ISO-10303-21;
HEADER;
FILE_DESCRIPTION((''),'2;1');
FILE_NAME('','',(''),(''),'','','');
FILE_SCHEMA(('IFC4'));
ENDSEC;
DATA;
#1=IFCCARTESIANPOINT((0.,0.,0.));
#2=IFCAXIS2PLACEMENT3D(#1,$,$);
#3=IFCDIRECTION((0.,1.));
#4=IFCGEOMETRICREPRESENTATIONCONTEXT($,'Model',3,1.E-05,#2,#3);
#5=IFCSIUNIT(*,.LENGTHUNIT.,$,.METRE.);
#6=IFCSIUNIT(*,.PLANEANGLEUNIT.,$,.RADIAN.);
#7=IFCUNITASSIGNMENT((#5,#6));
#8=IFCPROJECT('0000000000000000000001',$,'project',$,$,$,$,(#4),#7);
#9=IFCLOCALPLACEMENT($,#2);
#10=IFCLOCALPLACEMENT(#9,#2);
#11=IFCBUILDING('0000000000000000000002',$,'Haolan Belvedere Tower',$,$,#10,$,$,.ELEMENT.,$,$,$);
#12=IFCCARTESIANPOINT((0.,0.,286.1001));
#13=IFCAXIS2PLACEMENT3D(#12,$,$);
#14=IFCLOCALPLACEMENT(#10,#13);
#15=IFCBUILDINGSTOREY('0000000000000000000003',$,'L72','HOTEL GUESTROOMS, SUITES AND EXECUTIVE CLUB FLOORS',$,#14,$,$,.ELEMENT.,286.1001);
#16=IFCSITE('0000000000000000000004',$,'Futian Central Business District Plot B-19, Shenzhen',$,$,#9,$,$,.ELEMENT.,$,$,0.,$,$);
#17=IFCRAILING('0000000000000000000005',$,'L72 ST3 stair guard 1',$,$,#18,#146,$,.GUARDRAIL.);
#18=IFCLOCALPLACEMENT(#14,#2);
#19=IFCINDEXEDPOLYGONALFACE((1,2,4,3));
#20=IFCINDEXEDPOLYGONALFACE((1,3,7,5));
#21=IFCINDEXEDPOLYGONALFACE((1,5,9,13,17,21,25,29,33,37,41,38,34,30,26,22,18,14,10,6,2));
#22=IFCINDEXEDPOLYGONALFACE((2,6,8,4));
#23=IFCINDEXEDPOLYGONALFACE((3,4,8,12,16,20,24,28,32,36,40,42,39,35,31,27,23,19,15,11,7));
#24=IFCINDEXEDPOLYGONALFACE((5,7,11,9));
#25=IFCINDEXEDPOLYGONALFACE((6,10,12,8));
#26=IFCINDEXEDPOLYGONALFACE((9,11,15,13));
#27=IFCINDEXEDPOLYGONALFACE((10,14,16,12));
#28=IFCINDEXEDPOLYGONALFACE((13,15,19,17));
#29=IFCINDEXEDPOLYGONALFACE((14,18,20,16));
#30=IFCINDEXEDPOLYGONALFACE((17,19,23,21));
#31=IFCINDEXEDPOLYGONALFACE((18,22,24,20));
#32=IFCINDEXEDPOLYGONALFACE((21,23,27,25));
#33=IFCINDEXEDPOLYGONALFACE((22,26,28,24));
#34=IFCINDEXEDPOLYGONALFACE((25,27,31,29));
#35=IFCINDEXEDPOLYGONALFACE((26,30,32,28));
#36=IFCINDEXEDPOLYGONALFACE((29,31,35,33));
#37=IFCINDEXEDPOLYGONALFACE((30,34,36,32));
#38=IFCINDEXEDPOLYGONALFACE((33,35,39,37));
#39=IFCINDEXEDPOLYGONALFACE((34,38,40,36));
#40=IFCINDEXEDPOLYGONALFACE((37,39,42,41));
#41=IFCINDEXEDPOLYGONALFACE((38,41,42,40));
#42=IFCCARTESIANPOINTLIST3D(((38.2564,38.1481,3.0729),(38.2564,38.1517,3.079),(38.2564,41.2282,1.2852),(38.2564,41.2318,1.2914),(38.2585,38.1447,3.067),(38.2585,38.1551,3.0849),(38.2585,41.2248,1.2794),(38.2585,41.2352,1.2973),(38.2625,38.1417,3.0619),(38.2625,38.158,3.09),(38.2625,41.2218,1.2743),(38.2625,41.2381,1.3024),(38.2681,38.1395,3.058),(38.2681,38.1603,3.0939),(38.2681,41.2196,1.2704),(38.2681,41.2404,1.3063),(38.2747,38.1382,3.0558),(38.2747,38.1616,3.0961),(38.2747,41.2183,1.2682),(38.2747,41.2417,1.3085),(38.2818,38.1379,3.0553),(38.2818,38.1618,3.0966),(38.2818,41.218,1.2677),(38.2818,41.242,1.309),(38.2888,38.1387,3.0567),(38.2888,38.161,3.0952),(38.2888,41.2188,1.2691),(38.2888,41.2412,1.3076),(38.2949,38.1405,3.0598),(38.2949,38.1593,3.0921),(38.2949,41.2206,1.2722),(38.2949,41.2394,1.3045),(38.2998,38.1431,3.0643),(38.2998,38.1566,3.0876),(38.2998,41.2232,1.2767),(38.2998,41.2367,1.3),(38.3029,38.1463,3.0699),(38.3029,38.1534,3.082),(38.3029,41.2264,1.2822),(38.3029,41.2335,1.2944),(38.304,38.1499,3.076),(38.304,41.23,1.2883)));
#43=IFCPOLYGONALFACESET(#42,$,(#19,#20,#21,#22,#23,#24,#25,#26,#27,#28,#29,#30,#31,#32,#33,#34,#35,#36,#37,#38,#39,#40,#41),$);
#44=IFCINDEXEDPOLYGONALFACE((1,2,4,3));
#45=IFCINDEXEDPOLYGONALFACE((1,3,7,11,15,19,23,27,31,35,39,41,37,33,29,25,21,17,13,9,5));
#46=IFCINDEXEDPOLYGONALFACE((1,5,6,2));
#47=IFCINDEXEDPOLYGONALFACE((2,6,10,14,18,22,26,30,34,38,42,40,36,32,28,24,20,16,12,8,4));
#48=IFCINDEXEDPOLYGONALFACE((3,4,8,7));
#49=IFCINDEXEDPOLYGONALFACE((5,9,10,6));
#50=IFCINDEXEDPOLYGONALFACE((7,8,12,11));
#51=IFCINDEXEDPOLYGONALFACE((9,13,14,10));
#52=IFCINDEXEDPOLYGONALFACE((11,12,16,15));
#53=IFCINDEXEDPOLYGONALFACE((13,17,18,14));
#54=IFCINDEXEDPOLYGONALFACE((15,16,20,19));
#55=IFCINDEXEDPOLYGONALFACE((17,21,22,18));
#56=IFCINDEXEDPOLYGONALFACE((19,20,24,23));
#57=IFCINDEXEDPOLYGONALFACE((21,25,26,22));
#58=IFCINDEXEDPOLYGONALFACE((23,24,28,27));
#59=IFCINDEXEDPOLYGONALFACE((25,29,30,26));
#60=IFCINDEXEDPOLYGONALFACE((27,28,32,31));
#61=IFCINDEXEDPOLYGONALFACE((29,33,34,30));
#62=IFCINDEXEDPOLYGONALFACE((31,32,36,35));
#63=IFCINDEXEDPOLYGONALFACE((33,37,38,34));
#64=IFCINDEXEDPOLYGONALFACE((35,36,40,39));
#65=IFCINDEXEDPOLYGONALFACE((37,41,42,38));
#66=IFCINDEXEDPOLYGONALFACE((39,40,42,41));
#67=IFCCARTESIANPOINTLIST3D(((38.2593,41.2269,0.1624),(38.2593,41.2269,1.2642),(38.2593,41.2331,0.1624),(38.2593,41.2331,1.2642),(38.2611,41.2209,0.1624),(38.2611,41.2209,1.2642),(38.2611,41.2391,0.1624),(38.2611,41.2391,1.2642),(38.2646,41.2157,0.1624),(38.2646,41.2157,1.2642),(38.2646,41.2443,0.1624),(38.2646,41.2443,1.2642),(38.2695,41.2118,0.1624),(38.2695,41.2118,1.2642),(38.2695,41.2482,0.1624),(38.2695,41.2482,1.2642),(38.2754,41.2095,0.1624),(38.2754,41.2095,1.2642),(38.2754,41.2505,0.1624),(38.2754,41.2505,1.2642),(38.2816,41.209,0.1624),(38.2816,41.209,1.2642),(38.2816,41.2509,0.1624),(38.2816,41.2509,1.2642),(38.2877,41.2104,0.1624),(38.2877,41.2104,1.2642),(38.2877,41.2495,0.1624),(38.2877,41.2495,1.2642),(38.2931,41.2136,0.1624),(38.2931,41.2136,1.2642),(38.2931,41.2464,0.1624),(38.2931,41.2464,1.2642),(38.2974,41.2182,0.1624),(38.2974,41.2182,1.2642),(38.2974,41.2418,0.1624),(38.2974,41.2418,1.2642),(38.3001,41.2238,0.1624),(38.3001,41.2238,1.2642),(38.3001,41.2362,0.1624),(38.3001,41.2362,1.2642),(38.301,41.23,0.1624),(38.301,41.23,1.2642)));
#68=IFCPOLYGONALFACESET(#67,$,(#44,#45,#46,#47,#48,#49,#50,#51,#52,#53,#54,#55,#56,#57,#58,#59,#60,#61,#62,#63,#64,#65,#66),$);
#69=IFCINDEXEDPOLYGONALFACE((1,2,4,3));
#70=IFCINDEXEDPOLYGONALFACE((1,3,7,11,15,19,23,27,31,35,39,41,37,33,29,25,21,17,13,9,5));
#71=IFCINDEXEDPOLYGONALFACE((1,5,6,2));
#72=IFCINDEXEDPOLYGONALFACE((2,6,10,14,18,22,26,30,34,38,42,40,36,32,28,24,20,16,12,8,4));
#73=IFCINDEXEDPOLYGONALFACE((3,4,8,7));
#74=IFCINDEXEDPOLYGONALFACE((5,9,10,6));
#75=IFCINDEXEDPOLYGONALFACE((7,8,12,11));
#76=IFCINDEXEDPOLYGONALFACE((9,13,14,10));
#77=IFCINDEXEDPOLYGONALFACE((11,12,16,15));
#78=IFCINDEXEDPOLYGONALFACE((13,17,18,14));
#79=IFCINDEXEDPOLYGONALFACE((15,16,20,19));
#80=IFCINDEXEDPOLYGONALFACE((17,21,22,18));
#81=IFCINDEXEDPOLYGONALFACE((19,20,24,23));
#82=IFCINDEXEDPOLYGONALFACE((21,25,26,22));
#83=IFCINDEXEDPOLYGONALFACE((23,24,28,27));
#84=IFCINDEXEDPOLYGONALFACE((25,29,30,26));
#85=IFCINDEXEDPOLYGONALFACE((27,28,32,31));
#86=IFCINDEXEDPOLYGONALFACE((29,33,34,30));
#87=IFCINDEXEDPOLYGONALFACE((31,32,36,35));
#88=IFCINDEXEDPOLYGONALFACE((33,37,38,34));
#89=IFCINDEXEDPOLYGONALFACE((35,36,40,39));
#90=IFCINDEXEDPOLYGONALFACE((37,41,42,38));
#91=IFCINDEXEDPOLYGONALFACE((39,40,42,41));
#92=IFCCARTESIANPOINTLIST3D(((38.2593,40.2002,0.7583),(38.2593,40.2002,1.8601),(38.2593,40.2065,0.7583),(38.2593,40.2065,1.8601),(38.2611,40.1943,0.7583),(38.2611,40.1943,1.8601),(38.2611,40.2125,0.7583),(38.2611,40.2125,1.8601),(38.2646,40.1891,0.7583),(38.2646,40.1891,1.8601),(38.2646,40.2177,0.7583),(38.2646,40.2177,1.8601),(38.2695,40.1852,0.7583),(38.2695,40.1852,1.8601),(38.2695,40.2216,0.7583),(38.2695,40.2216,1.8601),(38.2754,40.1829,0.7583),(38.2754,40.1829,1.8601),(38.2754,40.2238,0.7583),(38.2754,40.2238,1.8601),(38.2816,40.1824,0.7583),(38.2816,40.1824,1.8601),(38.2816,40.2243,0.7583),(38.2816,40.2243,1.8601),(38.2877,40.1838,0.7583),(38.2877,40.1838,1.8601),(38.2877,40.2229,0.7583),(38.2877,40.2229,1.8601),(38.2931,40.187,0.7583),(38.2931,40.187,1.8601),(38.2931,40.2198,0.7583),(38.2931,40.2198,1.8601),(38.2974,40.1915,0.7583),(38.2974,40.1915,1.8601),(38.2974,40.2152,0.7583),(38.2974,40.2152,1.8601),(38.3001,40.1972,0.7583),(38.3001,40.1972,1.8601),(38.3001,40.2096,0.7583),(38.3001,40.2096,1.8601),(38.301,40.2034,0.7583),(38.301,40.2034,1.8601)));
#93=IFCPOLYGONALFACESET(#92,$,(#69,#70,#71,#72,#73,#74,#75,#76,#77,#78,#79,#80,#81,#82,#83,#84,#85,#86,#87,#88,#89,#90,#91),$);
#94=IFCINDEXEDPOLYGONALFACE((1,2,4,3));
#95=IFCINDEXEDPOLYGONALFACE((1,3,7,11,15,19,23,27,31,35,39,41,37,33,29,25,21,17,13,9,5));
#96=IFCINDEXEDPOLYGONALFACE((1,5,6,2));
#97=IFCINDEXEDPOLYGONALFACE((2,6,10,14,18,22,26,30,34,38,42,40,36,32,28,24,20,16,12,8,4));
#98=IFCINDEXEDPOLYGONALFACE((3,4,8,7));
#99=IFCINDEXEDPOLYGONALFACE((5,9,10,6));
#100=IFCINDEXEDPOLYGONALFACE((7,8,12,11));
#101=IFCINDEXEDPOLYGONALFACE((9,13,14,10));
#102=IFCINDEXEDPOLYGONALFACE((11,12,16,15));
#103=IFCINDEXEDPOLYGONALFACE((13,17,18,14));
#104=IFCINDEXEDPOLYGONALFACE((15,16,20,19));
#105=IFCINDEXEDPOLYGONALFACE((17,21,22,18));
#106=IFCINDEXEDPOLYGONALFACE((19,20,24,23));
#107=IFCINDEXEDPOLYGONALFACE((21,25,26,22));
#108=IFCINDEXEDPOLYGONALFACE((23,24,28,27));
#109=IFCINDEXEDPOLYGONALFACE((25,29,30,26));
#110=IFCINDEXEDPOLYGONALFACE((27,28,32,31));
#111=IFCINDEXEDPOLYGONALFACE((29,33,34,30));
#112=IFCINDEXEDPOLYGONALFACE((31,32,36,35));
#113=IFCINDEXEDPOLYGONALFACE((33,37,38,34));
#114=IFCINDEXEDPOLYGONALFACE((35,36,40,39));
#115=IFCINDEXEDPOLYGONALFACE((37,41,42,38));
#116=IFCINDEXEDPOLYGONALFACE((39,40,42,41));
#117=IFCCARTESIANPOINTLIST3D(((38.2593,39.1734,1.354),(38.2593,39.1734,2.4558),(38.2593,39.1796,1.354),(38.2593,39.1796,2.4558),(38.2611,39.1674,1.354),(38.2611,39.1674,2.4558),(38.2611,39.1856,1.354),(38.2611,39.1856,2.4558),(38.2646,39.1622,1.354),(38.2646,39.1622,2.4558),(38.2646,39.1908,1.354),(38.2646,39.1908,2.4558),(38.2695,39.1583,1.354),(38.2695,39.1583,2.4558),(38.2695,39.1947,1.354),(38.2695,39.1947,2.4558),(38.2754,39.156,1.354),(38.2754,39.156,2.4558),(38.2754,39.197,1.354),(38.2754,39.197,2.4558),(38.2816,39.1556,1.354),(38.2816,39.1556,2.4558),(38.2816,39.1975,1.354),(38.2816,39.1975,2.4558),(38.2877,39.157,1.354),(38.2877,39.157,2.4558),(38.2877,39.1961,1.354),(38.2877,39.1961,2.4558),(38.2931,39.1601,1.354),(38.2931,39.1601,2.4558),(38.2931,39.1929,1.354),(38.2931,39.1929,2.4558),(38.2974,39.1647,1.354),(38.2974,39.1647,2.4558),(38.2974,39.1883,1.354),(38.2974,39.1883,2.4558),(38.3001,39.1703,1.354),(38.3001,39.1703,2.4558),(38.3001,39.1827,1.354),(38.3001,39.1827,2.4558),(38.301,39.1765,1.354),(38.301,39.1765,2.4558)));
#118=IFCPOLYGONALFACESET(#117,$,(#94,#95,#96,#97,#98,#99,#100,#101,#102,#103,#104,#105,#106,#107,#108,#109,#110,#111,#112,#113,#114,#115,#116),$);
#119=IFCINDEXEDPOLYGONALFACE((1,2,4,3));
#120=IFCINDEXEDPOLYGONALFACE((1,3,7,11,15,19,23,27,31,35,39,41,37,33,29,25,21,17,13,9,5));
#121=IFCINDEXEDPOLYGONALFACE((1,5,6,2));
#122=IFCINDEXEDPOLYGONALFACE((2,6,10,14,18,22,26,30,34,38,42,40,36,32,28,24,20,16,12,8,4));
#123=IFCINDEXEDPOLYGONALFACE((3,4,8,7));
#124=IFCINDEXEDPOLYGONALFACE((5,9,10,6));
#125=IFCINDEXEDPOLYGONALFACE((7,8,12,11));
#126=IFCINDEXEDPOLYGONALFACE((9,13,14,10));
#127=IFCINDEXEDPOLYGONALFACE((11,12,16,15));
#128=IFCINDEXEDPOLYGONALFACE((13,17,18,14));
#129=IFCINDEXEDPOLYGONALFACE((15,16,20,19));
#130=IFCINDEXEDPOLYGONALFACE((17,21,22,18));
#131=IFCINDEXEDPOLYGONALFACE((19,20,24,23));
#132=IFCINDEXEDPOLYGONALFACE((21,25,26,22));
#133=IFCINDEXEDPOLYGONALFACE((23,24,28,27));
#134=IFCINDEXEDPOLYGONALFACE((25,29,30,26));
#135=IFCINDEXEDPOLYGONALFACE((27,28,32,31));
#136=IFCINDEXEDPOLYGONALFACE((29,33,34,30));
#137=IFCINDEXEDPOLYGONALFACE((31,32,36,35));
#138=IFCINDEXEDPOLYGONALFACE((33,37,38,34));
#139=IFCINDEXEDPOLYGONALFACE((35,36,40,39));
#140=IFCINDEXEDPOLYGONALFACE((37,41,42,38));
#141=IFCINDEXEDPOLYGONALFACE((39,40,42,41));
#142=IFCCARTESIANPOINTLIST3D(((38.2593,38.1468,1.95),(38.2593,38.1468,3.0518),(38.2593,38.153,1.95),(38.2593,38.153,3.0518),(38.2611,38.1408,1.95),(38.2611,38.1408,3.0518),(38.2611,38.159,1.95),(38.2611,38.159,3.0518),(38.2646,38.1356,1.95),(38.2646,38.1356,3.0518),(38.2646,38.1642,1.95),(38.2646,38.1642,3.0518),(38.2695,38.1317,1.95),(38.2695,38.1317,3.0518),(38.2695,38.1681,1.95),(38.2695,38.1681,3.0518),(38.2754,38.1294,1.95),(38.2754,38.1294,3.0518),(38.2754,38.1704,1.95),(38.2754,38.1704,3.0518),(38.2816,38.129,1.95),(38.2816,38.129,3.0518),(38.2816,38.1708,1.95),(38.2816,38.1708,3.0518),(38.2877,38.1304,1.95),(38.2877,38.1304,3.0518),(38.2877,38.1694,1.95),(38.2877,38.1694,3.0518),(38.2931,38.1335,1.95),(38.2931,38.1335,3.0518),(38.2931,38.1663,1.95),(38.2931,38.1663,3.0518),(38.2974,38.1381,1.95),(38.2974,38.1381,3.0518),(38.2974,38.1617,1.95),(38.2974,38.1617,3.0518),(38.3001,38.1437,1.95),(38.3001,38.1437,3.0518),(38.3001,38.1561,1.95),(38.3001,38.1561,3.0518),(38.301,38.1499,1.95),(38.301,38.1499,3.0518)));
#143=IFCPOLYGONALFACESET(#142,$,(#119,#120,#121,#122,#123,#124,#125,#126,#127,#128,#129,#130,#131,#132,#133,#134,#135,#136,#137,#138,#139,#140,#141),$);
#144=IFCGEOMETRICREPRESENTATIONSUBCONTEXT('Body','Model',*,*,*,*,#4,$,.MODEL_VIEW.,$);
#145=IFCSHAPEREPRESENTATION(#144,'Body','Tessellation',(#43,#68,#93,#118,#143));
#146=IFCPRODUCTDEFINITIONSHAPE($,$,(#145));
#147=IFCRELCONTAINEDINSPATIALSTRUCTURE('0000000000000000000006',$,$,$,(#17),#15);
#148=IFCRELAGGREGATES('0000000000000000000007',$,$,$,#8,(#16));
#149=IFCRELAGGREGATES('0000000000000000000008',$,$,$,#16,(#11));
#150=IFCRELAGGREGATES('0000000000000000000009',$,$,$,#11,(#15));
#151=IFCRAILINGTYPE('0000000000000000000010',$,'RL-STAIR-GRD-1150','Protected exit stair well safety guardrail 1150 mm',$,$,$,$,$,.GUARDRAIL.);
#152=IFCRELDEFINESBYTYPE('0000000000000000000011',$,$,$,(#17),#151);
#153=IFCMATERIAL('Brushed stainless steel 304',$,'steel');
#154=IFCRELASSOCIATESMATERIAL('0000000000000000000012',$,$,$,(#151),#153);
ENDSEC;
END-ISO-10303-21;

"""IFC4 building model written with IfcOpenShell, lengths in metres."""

from ifc_helpers import new_model, si_unit, direction, frame, origin, origin_2d, place, context, subcontext, project, spatial, circle, extrude, material, type_object, element, save


model = new_model("IFC4")

# Units and contexts
model_context = context("Model", 3, precision=1e-05, world=origin(), true_north=direction((0.0, 1.0)))
body_context = subcontext(model_context, "Body", "Model", "MODEL_VIEW")
ifc_project = project(units=[si_unit("LENGTHUNIT", "METRE"), si_unit("PLANEANGLEUNIT", "RADIAN")], contexts=[model_context])

# Site, building, storey
site_placement = place(None, origin())
site = spatial("IfcSite", under=ifc_project, at=site_placement, Name="Futian Central Business District Plot B-19, Shenzhen", CompositionType="ELEMENT", RefElevation=0.0)
building_placement = place(site_placement, origin())
building = spatial("IfcBuilding", under=site, at=building_placement, Name="Haolan Belvedere Tower", CompositionType="ELEMENT")
storey_placement = place(building_placement, frame((0.0, 0.0, 286.1001)))
storey = spatial("IfcBuildingStorey", under=building, at=storey_placement, Name="L72", Description="HOTEL GUESTROOMS, SUITES AND EXECUTIVE CLUB FLOORS", CompositionType="ELEMENT", Elevation=286.1001)

# Railing
ifc_material_1 = material(Name="Brushed stainless steel 304", Category="steel")
railing_type_1 = type_object("IfcRailingType", Name="RL-STAIR-GRD-1150", Description="Protected exit stair well safety guardrail 1150 mm", PredefinedType="GUARDRAIL", material=ifc_material_1)
railing_1_placement = place(storey_placement, frame((38.28, 41.23, 0.1624)))
element("IfcRailing", 1, at=railing_1_placement, inside=storey, type_object=railing_type_1, Name="L72 ST3 stair guard 1", PredefinedType="GUARDRAIL", context=body_context, shape_type="SweptSolid", body=[
    extrude(circle(Radius=0.0239, at=origin_2d()), frame((0.0, 0.0, 1.126), z_axis=(0.0, -0.864891, 0.50196), x_axis=(1.0, 0.0, 0.0)), (0.0, 0.0, 1.0), 3.5613),
    extrude(circle(Radius=0.021, at=origin_2d()), origin(), (0.0, 0.0, 1.0), 1.1018),
    extrude(circle(Radius=0.021, at=origin_2d()), frame((0.0, -1.0266, 0.5959)), (0.0, 0.0, 1.0), 1.1018),
    extrude(circle(Radius=0.021, at=origin_2d()), frame((0.0, -2.0535, 1.1917)), (0.0, 0.0, 1.0), 1.1018),
    extrude(circle(Radius=0.021, at=origin_2d()), frame((0.0, -3.0801, 1.7876)), (0.0, 0.0, 1.0), 1.1018),
])

save(model, "model.ifc")
